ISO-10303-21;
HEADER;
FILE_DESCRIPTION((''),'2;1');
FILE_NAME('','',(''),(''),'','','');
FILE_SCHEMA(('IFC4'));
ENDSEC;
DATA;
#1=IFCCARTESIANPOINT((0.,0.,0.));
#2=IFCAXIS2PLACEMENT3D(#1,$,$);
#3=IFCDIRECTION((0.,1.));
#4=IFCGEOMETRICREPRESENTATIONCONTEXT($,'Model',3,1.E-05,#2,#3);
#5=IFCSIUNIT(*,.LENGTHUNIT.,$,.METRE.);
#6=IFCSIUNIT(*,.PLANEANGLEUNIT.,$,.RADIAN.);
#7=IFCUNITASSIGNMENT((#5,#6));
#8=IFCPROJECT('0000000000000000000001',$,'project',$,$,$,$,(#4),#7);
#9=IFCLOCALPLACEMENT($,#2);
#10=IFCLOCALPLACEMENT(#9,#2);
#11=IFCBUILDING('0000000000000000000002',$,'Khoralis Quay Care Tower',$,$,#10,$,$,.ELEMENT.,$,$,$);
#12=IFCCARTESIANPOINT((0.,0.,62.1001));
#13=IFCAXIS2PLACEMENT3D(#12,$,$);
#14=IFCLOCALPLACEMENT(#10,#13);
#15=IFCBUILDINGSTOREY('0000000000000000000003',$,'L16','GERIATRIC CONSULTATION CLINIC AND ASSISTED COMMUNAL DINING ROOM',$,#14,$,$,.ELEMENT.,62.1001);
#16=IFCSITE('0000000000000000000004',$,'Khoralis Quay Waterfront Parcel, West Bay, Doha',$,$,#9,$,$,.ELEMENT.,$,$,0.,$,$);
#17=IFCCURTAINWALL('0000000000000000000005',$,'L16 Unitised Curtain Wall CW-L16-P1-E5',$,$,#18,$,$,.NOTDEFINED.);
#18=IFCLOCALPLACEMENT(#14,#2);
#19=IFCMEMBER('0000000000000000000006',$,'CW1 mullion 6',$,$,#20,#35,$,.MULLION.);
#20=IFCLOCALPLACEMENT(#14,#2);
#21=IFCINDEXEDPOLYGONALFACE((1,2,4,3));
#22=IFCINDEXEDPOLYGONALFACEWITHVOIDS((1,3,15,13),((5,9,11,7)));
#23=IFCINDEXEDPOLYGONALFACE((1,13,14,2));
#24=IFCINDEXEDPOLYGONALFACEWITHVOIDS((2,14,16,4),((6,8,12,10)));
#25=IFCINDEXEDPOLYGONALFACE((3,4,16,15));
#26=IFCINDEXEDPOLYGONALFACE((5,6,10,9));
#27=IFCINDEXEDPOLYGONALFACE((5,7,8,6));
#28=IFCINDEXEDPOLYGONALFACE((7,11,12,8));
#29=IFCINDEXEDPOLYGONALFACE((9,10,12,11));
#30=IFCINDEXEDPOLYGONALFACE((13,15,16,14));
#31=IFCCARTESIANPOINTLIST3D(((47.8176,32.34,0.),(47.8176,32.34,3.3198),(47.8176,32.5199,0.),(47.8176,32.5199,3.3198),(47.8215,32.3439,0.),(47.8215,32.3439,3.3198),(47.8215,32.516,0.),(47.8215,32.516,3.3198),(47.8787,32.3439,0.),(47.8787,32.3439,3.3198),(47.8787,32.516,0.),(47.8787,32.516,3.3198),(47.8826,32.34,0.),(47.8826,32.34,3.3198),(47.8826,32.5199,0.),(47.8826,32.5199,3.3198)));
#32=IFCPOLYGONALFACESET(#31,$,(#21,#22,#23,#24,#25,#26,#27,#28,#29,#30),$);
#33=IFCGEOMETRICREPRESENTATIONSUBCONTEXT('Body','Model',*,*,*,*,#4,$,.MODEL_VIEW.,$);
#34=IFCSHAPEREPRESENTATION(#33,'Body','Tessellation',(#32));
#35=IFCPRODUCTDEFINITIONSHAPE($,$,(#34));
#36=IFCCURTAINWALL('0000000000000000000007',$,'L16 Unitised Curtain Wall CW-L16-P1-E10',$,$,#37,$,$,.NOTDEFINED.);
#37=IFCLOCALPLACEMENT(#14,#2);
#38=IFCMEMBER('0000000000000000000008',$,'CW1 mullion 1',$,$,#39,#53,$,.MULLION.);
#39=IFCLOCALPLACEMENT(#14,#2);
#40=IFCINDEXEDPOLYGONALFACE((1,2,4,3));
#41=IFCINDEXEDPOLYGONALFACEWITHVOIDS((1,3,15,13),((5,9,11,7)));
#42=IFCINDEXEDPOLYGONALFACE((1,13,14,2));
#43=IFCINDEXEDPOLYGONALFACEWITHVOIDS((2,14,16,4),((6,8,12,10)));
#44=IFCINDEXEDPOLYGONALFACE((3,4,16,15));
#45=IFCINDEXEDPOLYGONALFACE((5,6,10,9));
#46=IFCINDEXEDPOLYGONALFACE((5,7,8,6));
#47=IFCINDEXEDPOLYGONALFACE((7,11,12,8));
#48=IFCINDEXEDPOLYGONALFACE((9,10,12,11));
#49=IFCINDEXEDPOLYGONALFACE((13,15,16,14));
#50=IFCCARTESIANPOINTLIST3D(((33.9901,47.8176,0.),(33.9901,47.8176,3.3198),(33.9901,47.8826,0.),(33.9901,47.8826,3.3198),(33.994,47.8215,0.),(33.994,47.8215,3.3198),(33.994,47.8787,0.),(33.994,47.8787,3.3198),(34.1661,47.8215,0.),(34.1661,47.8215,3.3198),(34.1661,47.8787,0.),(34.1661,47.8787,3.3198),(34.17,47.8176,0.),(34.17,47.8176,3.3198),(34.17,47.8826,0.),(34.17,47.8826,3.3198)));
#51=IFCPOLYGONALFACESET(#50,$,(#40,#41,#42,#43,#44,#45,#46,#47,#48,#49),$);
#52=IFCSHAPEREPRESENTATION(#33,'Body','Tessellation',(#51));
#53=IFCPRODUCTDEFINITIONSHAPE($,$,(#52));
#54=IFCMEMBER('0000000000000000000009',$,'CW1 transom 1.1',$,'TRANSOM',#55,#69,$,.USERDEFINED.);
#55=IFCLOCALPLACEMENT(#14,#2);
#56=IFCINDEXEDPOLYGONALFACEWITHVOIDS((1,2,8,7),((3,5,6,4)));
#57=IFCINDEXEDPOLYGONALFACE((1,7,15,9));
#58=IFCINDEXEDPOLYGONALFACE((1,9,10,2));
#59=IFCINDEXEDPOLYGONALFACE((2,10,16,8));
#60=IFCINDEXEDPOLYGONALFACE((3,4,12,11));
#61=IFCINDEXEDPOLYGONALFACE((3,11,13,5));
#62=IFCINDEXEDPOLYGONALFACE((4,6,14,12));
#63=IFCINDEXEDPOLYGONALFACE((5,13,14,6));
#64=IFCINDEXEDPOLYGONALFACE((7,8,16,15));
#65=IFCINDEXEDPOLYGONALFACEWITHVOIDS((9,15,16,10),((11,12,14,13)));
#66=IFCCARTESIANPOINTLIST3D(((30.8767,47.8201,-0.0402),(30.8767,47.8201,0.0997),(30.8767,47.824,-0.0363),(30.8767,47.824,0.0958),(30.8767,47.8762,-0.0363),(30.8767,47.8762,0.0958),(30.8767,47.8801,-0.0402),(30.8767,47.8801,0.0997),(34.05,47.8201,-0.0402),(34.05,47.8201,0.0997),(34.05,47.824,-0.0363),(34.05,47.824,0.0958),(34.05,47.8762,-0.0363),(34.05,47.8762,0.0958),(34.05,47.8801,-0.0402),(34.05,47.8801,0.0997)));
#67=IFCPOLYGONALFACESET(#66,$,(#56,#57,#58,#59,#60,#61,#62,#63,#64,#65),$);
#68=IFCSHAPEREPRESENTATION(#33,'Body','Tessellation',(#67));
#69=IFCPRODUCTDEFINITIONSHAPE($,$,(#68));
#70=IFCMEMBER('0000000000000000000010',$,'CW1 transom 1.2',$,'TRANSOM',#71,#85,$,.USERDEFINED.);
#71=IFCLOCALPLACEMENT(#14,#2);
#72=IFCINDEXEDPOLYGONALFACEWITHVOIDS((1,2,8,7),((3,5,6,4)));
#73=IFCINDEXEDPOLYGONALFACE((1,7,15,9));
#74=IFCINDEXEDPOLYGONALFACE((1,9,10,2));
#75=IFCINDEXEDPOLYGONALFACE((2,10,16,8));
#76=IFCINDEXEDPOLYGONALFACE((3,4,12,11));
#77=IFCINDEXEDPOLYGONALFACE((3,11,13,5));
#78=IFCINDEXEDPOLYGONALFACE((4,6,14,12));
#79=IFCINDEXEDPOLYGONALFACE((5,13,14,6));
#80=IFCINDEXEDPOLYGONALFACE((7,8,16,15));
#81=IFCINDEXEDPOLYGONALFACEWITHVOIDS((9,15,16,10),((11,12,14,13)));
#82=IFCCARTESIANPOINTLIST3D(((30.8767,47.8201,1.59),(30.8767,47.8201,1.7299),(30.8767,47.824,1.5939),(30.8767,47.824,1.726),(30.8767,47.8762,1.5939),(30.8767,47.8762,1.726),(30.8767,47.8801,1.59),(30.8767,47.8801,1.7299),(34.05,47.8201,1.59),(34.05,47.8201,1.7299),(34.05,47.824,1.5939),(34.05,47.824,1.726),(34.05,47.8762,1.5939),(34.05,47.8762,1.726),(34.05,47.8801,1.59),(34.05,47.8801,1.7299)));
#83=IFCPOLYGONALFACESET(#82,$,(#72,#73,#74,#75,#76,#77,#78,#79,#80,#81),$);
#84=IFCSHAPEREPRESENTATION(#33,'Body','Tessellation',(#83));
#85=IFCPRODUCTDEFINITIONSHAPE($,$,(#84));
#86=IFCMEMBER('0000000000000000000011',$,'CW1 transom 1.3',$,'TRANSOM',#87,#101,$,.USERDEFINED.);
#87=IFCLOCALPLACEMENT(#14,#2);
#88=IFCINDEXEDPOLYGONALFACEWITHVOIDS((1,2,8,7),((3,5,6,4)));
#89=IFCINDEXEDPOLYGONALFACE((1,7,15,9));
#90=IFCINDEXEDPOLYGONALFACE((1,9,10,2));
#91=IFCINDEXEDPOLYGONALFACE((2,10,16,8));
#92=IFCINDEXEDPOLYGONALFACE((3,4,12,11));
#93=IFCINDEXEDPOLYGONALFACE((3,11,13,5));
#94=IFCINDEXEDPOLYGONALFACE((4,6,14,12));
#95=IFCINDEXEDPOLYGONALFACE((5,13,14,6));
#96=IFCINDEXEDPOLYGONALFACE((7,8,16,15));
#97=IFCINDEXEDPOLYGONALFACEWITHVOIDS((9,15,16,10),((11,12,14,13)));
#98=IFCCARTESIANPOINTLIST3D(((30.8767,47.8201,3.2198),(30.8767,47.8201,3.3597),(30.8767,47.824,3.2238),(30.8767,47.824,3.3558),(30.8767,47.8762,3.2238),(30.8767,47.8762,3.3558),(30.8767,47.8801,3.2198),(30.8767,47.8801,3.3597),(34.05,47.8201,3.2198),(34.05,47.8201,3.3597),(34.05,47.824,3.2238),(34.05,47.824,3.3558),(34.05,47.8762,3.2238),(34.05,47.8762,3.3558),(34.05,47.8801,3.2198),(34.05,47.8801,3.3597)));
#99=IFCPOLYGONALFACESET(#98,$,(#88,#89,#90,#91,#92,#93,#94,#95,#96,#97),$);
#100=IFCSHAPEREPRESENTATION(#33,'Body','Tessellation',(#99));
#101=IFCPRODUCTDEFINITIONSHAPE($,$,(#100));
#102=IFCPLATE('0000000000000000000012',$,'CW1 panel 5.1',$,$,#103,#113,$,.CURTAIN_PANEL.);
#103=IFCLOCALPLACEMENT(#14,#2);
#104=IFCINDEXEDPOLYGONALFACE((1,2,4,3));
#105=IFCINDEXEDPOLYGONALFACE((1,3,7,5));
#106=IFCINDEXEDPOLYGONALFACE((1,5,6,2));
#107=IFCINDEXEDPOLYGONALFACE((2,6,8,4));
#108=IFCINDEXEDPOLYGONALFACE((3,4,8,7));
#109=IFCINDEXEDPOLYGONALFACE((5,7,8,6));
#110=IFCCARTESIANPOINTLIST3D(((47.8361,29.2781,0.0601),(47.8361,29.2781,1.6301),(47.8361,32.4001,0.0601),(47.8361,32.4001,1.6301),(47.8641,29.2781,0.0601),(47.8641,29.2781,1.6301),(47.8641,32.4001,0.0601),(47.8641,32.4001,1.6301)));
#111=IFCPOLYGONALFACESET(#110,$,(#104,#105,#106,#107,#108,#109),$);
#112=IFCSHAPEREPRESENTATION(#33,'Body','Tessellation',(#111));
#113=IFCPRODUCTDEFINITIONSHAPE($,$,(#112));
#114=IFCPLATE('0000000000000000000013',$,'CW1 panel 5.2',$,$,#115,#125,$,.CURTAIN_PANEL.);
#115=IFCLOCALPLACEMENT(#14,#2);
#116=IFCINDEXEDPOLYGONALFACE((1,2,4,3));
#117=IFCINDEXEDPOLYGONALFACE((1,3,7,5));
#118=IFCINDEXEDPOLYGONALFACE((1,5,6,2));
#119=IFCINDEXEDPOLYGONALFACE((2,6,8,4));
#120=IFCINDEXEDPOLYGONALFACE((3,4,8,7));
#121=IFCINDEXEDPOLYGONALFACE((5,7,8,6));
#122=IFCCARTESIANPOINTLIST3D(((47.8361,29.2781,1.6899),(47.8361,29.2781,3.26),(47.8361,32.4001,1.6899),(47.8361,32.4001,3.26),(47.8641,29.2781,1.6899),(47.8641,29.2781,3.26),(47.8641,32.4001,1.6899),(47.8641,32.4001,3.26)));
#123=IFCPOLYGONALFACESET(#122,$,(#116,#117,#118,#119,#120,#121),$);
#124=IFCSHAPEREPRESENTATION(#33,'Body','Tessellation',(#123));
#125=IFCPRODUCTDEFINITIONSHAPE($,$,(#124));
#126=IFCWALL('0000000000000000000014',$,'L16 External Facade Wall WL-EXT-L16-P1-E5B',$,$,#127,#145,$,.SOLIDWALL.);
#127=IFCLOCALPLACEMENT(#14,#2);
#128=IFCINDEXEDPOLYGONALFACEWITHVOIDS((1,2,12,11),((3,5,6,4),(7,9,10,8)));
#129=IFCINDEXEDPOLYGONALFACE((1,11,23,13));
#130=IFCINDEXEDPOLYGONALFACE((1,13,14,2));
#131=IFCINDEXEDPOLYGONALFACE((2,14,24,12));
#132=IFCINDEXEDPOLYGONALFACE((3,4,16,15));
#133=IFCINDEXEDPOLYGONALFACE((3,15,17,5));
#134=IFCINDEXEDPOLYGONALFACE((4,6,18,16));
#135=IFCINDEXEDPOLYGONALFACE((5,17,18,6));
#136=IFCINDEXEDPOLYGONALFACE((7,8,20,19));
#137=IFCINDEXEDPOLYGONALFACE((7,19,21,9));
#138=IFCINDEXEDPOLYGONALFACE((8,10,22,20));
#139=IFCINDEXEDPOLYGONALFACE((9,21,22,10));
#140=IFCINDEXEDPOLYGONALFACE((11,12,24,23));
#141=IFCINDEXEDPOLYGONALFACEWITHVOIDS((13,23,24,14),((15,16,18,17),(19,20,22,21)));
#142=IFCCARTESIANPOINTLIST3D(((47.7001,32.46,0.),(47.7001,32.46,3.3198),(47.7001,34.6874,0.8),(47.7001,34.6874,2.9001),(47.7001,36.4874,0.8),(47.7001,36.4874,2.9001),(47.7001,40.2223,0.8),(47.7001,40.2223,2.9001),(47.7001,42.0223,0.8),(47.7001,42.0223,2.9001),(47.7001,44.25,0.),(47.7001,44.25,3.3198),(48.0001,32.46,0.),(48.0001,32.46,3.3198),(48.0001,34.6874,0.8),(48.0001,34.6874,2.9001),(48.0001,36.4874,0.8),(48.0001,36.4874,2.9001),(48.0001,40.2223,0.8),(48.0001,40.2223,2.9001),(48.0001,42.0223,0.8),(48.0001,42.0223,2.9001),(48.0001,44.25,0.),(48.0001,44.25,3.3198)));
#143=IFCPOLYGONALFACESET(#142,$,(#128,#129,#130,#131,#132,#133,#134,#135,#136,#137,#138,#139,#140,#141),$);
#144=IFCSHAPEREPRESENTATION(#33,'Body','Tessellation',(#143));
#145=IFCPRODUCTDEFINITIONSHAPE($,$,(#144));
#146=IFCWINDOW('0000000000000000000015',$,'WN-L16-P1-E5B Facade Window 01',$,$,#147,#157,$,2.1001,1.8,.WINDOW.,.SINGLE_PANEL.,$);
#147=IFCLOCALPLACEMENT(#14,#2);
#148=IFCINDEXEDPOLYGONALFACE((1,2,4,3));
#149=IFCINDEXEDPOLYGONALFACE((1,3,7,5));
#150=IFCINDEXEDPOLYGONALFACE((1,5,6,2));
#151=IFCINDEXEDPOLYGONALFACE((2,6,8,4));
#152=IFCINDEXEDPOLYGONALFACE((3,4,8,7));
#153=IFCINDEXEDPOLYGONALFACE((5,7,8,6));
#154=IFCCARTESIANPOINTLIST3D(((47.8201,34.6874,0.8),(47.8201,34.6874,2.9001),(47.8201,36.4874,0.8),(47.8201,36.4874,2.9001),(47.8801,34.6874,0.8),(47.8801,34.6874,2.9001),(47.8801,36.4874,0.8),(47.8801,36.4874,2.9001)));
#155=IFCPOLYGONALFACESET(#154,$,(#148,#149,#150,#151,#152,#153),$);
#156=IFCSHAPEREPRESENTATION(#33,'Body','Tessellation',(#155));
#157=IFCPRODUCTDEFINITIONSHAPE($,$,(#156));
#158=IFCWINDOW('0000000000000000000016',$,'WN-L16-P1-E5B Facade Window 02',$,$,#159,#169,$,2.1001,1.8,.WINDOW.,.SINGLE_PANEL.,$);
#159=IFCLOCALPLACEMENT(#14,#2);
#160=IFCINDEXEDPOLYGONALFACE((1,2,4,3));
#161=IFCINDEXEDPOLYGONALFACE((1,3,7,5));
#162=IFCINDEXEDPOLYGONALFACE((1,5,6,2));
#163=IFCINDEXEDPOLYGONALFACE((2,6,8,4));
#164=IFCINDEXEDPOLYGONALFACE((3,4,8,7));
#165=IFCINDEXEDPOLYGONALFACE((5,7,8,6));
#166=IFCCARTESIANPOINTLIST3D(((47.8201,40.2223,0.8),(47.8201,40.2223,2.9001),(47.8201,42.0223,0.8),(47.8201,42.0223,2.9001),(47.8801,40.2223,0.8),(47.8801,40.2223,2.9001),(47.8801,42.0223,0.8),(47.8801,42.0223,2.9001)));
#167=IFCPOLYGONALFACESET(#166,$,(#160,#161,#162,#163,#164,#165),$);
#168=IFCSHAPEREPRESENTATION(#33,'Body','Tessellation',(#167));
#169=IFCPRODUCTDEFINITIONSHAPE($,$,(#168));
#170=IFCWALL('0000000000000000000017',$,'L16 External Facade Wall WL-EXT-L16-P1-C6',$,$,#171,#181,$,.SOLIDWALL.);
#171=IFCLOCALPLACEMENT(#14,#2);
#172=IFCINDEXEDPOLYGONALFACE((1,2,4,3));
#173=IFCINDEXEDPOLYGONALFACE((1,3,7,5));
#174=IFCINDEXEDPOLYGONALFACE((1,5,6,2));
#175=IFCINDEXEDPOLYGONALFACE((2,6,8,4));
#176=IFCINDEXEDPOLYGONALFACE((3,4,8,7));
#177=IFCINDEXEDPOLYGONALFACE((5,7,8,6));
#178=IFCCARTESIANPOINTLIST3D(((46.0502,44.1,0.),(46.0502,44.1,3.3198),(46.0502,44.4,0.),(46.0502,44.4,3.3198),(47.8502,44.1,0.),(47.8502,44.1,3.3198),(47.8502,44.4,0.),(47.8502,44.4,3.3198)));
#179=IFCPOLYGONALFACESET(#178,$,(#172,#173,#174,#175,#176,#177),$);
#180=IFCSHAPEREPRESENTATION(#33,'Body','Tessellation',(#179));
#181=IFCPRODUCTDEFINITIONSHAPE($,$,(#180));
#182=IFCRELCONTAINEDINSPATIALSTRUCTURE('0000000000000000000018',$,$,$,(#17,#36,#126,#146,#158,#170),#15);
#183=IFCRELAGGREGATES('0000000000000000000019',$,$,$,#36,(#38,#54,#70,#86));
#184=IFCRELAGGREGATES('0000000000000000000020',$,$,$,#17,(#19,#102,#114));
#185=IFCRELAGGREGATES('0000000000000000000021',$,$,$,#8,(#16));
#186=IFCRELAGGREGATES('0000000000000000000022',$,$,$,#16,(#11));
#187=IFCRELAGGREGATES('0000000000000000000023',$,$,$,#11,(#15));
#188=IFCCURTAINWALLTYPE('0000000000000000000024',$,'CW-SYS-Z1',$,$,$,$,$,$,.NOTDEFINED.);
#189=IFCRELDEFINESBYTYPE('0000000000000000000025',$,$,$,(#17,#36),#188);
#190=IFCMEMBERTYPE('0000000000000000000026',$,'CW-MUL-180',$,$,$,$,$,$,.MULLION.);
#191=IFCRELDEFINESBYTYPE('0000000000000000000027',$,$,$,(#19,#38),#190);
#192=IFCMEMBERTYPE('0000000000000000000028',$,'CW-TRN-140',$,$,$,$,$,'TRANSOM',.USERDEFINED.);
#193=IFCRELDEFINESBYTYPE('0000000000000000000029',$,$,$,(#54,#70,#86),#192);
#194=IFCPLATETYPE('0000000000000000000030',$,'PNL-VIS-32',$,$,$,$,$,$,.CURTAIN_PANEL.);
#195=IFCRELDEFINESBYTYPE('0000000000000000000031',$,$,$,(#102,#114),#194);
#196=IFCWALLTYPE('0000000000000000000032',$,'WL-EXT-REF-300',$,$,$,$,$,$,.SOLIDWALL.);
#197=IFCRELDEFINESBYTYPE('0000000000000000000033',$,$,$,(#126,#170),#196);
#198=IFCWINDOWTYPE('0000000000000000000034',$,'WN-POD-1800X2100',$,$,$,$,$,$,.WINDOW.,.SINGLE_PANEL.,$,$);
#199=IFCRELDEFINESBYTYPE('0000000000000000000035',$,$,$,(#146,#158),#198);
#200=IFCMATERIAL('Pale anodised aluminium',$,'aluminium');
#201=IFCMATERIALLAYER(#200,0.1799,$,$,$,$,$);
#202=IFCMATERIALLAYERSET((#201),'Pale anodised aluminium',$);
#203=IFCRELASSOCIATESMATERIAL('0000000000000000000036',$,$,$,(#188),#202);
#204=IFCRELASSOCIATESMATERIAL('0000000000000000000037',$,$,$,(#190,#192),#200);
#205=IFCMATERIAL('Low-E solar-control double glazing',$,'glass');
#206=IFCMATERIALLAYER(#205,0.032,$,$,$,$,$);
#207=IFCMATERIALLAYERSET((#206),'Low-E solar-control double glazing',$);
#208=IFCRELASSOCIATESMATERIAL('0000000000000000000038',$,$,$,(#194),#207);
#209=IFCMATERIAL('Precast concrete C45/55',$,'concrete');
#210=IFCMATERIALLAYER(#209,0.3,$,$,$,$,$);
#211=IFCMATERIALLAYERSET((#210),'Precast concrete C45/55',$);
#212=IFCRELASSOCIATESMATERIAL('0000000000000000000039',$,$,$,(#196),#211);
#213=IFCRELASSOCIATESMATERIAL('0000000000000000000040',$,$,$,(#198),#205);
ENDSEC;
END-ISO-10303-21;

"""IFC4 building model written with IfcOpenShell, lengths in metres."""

from ifc_helpers import new_model, si_unit, direction, frame, frame_2d, origin, origin_2d, place, context, subcontext, project, spatial, rectangle, hollow_rectangle, extrude, source, transform, mapped, material, layer, layer_set, material_profile, profile_set, type_object, element, fill, aggregate, save


model = new_model("IFC4")

# Units and contexts
model_context = context("Model", 3, precision=1e-05, world=origin(), true_north=direction((0.0, 1.0)))
body_context = subcontext(model_context, "Body", "Model", "MODEL_VIEW")
ifc_project = project(units=[si_unit("LENGTHUNIT", "METRE"), si_unit("PLANEANGLEUNIT", "RADIAN")], contexts=[model_context])

# Site, building, storey
site_placement = place(None, origin())
site = spatial("IfcSite", under=ifc_project, at=site_placement, Name="Khoralis Quay Waterfront Parcel, West Bay, Doha", CompositionType="ELEMENT", RefElevation=0.0)
building_placement = place(site_placement, origin())
building = spatial("IfcBuilding", under=site, at=building_placement, Name="Khoralis Quay Care Tower", CompositionType="ELEMENT")
storey_placement = place(building_placement, frame((0.0, 0.0, 62.1001)))
storey = spatial("IfcBuildingStorey", under=building, at=storey_placement, Name="L16", Description="GERIATRIC CONSULTATION CLINIC AND ASSISTED COMMUNAL DINING ROOM", CompositionType="ELEMENT", Elevation=62.1001)

# Curtain wall, member
ifc_material_1 = material(Name="Pale anodised aluminium", Category="aluminium")
ifc_layer_1 = layer(ifc_material_1, 0.1799)
ifc_layer_set_1 = layer_set([ifc_layer_1], Name="Pale anodised aluminium")
curtain_wall_type = type_object("IfcCurtainWallType", Name="CW-SYS-Z1", PredefinedType="NOTDEFINED", material=ifc_layer_set_1)
curtain_wall_1_placement = place(storey_placement, origin())
curtain_wall_1 = element("IfcCurtainWall", 1, at=curtain_wall_1_placement, inside=storey, type_object=curtain_wall_type, Name="L16 Unitised Curtain Wall CW-L16-P1-E5", PredefinedType="NOTDEFINED")
ifc_material_profile_1 = material_profile(ifc_material_1, hollow_rectangle(XDim=0.0649, YDim=0.1799, WallThickness=0.0039, at=origin_2d()), Name="Pale anodised aluminium")
ifc_profile_set_1 = profile_set([ifc_material_profile_1], Name="Pale anodised aluminium")
member_type_1 = type_object("IfcMemberType", Name="CW-MUL-180", PredefinedType="MULLION", material=ifc_profile_set_1)
shared_shape_1 = source(origin(), body_context, "Body", "SweptSolid", [
    extrude(hollow_rectangle(XDim=0.0649, YDim=0.1799, WallThickness=0.0039, at=origin_2d()), origin(), (0.0, 0.0, 1.0), 3.3198),
])
member_1_placement = place(storey_placement, frame((47.8501, 32.4299, 0.0), z_axis=(0.0, 0.0, 1.0), x_axis=(-1.0, 0.0, 0.0)))
member_1 = element("IfcMember", 2, at=member_1_placement, type_object=member_type_1, Name="CW1 mullion 6", PredefinedType="MULLION", context=body_context, shape_type="MappedRepresentation", body=[
    mapped(shared_shape_1, transform((0.0, 0.0, 0.0), scale=1.0)),
])

# Curtain wall, members
curtain_wall_2_placement = place(storey_placement, origin())
curtain_wall_2 = element("IfcCurtainWall", 3, at=curtain_wall_2_placement, inside=storey, type_object=curtain_wall_type, Name="L16 Unitised Curtain Wall CW-L16-P1-E10", PredefinedType="NOTDEFINED")
member_2_placement = place(storey_placement, frame((34.0801, 47.8501, 0.0), z_axis=(0.0, 0.0, 1.0), x_axis=(0.0, -1.0, 0.0)))
member_2 = element("IfcMember", 4, at=member_2_placement, type_object=member_type_1, Name="CW1 mullion 1", PredefinedType="MULLION", context=body_context, shape_type="MappedRepresentation", body=[
    mapped(shared_shape_1, transform((0.0, 0.0, 0.0), scale=1.0)),
])
ifc_material_profile_2 = material_profile(ifc_material_1, hollow_rectangle(XDim=0.0601, YDim=0.1399, WallThickness=0.0039, at=origin_2d()), Name="Pale anodised aluminium")
ifc_profile_set_2 = profile_set([ifc_material_profile_2], Name="Pale anodised aluminium")
member_type_2 = type_object("IfcMemberType", Name="CW-TRN-140", ElementType="TRANSOM", PredefinedType="USERDEFINED", material=ifc_profile_set_2)
shared_shape_2 = source(origin(), body_context, "Body", "SweptSolid", [
    extrude(hollow_rectangle(XDim=0.0601, YDim=0.1399, WallThickness=0.0039, at=origin_2d()), origin(), (0.0, 0.0, 1.0), 3.1733),
])
member_3_placement = place(storey_placement, frame((34.05, 47.8501, 0.0298), z_axis=(-1.0, 0.0, 0.0), x_axis=(0.0, -1.0, 0.0)))
member_3 = element("IfcMember", 5, at=member_3_placement, type_object=member_type_2, Name="CW1 transom 1.1", ObjectType="TRANSOM", PredefinedType="USERDEFINED", context=body_context, shape_type="MappedRepresentation", body=[
    mapped(shared_shape_2, transform((0.0, 0.0, 0.0), scale=1.0)),
])
member_4_placement = place(storey_placement, frame((34.05, 47.8501, 1.6599), z_axis=(-1.0, 0.0, 0.0), x_axis=(0.0, -1.0, 0.0)))
member_4 = element("IfcMember", 6, at=member_4_placement, type_object=member_type_2, Name="CW1 transom 1.2", ObjectType="TRANSOM", PredefinedType="USERDEFINED", context=body_context, shape_type="MappedRepresentation", body=[
    mapped(shared_shape_2, transform((0.0, 0.0, 0.0), scale=1.0)),
])
member_5_placement = place(storey_placement, frame((34.05, 47.8501, 3.2898), z_axis=(-1.0, 0.0, 0.0), x_axis=(0.0, -1.0, 0.0)))
member_5 = element("IfcMember", 7, at=member_5_placement, type_object=member_type_2, Name="CW1 transom 1.3", ObjectType="TRANSOM", PredefinedType="USERDEFINED", context=body_context, shape_type="MappedRepresentation", body=[
    mapped(shared_shape_2, transform((0.0, 0.0, 0.0), scale=1.0)),
])
aggregate(curtain_wall_2, [member_2, member_3, member_4, member_5])

# Plates
ifc_material_2 = material(Name="Low-E solar-control double glazing", Category="glass")
ifc_layer_2 = layer(ifc_material_2, 0.032)
ifc_layer_set_2 = layer_set([ifc_layer_2], Name="Low-E solar-control double glazing")
plate_type = type_object("IfcPlateType", Name="PNL-VIS-32", PredefinedType="CURTAIN_PANEL", material=ifc_layer_set_2)
shared_shape_3 = source(origin(), body_context, "Body", "SweptSolid", [
    extrude(rectangle(XDim=3.1221, YDim=0.0281, at=origin_2d()), origin(), (0.0, 0.0, 1.0), 1.5701),
])
plate_1_placement = place(storey_placement, frame((47.8501, 30.8391, 0.0601), z_axis=(0.0, 0.0, 1.0), x_axis=(0.0, 1.0, 0.0)))
plate_1 = element("IfcPlate", 8, at=plate_1_placement, type_object=plate_type, Name="CW1 panel 5.1", PredefinedType="CURTAIN_PANEL", context=body_context, shape_type="MappedRepresentation", body=[
    mapped(shared_shape_3, transform((0.0, 0.0, 0.0), scale=1.0)),
])
plate_2_placement = place(storey_placement, frame((47.8501, 30.8391, 1.6899), z_axis=(0.0, 0.0, 1.0), x_axis=(0.0, 1.0, 0.0)))
plate_2 = element("IfcPlate", 9, at=plate_2_placement, type_object=plate_type, Name="CW1 panel 5.2", PredefinedType="CURTAIN_PANEL", context=body_context, shape_type="MappedRepresentation", body=[
    mapped(shared_shape_3, transform((0.0, 0.0, 0.0), scale=1.0)),
])
aggregate(curtain_wall_1, [member_1, plate_1, plate_2])

# Wall, openings, windows
ifc_material_3 = material(Name="Precast concrete C45/55", Category="concrete")
ifc_layer_3 = layer(ifc_material_3, 0.3)
ifc_layer_set_3 = layer_set([ifc_layer_3], Name="Precast concrete C45/55")
wall_type_1 = type_object("IfcWallType", Name="WL-EXT-REF-300", PredefinedType="SOLIDWALL", material=ifc_layer_set_3)
wall_1_placement = place(storey_placement, frame((47.8501, 32.46, 0.0), z_axis=(0.0, 0.0, 1.0), x_axis=(0.0, 1.0, 0.0)))
wall_1 = element("IfcWall", 10, at=wall_1_placement, inside=storey, type_object=wall_type_1, Name="L16 External Facade Wall WL-EXT-L16-P1-E5B", PredefinedType="SOLIDWALL", context=body_context, shape_type="SweptSolid", body=[
    extrude(rectangle(XDim=11.79, YDim=0.3, at=frame_2d((5.895, 0.0))), origin(), (0.0, 0.0, 1.0), 3.3198),
])
opening_1_placement = place(wall_1_placement, frame((2.2275, 0.0, 0.8)))
opening_1 = element("IfcOpeningElement", 11, at=opening_1_placement, cuts=wall_1, PredefinedType="OPENING", context=body_context, shape_type="SweptSolid", body=[
    extrude(rectangle(XDim=1.8, YDim=2.1001, at=frame_2d((0.8999, 1.05))), frame((0.0, 0.1602, 0.0), z_axis=(0.0, -1.0, 0.0), x_axis=(1.0, 0.0, 0.0)), (0.0, 0.0, 1.0), 0.3201),
])
opening_2_placement = place(wall_1_placement, frame((7.7625, 0.0, 0.8)))
opening_2 = element("IfcOpeningElement", 12, at=opening_2_placement, cuts=wall_1, PredefinedType="OPENING", context=body_context, shape_type="SweptSolid", body=[
    extrude(rectangle(XDim=1.8, YDim=2.1001, at=frame_2d((0.8999, 1.05))), frame((0.0, 0.1602, 0.0), z_axis=(0.0, -1.0, 0.0), x_axis=(1.0, 0.0, 0.0)), (0.0, 0.0, 1.0), 0.3201),
])
window_type = type_object("IfcWindowType", Name="WN-POD-1800X2100", PartitioningType="SINGLE_PANEL", PredefinedType="WINDOW", material=ifc_material_2)
shared_shape_4 = source(origin(), body_context, "Body", "SweptSolid", [
    extrude(rectangle(XDim=1.8, YDim=2.1001, at=frame_2d((0.8999, 1.05))), frame((0.0, 0.03, 0.0), z_axis=(0.0, -1.0, 0.0), x_axis=(1.0, 0.0, 0.0)), (0.0, 0.0, 1.0), 0.0601),
])
window_1_placement = place(opening_1_placement, origin())
window_1 = element("IfcWindow", 13, at=window_1_placement, inside=storey, type_object=window_type, Name="WN-L16-P1-E5B Facade Window 01", OverallHeight=2.1001, OverallWidth=1.8, PartitioningType="SINGLE_PANEL", PredefinedType="WINDOW", context=body_context, shape_type="MappedRepresentation", body=[
    mapped(shared_shape_4, transform((0.0, 0.0, 0.0), scale=1.0)),
])
fill(opening_1, window_1)
window_2_placement = place(opening_2_placement, origin())
window_2 = element("IfcWindow", 14, at=window_2_placement, inside=storey, type_object=window_type, Name="WN-L16-P1-E5B Facade Window 02", OverallHeight=2.1001, OverallWidth=1.8, PartitioningType="SINGLE_PANEL", PredefinedType="WINDOW", context=body_context, shape_type="MappedRepresentation", body=[
    mapped(shared_shape_4, transform((0.0, 0.0, 0.0), scale=1.0)),
])
fill(opening_2, window_2)

# Wall
for number, where, z_axis, x_axis, name in (
    (15, (47.8501, 44.25, 0.0), (0.0, 0.0, 1.0), (-1.0, 0.0, 0.0), "L16 External Facade Wall WL-EXT-L16-P1-C6"),
):
    element("IfcWall", number, at=place(storey_placement, frame(where, z_axis=z_axis, x_axis=x_axis)), inside=storey, type_object=wall_type_1, Name=name, PredefinedType="SOLIDWALL", context=body_context, shape_type="SweptSolid", body=[
        extrude(rectangle(XDim=1.8, YDim=0.3, at=frame_2d((0.8999, 0.0))), origin(), (0.0, 0.0, 1.0), 3.3198),
    ])

save(model, "model.ifc")
